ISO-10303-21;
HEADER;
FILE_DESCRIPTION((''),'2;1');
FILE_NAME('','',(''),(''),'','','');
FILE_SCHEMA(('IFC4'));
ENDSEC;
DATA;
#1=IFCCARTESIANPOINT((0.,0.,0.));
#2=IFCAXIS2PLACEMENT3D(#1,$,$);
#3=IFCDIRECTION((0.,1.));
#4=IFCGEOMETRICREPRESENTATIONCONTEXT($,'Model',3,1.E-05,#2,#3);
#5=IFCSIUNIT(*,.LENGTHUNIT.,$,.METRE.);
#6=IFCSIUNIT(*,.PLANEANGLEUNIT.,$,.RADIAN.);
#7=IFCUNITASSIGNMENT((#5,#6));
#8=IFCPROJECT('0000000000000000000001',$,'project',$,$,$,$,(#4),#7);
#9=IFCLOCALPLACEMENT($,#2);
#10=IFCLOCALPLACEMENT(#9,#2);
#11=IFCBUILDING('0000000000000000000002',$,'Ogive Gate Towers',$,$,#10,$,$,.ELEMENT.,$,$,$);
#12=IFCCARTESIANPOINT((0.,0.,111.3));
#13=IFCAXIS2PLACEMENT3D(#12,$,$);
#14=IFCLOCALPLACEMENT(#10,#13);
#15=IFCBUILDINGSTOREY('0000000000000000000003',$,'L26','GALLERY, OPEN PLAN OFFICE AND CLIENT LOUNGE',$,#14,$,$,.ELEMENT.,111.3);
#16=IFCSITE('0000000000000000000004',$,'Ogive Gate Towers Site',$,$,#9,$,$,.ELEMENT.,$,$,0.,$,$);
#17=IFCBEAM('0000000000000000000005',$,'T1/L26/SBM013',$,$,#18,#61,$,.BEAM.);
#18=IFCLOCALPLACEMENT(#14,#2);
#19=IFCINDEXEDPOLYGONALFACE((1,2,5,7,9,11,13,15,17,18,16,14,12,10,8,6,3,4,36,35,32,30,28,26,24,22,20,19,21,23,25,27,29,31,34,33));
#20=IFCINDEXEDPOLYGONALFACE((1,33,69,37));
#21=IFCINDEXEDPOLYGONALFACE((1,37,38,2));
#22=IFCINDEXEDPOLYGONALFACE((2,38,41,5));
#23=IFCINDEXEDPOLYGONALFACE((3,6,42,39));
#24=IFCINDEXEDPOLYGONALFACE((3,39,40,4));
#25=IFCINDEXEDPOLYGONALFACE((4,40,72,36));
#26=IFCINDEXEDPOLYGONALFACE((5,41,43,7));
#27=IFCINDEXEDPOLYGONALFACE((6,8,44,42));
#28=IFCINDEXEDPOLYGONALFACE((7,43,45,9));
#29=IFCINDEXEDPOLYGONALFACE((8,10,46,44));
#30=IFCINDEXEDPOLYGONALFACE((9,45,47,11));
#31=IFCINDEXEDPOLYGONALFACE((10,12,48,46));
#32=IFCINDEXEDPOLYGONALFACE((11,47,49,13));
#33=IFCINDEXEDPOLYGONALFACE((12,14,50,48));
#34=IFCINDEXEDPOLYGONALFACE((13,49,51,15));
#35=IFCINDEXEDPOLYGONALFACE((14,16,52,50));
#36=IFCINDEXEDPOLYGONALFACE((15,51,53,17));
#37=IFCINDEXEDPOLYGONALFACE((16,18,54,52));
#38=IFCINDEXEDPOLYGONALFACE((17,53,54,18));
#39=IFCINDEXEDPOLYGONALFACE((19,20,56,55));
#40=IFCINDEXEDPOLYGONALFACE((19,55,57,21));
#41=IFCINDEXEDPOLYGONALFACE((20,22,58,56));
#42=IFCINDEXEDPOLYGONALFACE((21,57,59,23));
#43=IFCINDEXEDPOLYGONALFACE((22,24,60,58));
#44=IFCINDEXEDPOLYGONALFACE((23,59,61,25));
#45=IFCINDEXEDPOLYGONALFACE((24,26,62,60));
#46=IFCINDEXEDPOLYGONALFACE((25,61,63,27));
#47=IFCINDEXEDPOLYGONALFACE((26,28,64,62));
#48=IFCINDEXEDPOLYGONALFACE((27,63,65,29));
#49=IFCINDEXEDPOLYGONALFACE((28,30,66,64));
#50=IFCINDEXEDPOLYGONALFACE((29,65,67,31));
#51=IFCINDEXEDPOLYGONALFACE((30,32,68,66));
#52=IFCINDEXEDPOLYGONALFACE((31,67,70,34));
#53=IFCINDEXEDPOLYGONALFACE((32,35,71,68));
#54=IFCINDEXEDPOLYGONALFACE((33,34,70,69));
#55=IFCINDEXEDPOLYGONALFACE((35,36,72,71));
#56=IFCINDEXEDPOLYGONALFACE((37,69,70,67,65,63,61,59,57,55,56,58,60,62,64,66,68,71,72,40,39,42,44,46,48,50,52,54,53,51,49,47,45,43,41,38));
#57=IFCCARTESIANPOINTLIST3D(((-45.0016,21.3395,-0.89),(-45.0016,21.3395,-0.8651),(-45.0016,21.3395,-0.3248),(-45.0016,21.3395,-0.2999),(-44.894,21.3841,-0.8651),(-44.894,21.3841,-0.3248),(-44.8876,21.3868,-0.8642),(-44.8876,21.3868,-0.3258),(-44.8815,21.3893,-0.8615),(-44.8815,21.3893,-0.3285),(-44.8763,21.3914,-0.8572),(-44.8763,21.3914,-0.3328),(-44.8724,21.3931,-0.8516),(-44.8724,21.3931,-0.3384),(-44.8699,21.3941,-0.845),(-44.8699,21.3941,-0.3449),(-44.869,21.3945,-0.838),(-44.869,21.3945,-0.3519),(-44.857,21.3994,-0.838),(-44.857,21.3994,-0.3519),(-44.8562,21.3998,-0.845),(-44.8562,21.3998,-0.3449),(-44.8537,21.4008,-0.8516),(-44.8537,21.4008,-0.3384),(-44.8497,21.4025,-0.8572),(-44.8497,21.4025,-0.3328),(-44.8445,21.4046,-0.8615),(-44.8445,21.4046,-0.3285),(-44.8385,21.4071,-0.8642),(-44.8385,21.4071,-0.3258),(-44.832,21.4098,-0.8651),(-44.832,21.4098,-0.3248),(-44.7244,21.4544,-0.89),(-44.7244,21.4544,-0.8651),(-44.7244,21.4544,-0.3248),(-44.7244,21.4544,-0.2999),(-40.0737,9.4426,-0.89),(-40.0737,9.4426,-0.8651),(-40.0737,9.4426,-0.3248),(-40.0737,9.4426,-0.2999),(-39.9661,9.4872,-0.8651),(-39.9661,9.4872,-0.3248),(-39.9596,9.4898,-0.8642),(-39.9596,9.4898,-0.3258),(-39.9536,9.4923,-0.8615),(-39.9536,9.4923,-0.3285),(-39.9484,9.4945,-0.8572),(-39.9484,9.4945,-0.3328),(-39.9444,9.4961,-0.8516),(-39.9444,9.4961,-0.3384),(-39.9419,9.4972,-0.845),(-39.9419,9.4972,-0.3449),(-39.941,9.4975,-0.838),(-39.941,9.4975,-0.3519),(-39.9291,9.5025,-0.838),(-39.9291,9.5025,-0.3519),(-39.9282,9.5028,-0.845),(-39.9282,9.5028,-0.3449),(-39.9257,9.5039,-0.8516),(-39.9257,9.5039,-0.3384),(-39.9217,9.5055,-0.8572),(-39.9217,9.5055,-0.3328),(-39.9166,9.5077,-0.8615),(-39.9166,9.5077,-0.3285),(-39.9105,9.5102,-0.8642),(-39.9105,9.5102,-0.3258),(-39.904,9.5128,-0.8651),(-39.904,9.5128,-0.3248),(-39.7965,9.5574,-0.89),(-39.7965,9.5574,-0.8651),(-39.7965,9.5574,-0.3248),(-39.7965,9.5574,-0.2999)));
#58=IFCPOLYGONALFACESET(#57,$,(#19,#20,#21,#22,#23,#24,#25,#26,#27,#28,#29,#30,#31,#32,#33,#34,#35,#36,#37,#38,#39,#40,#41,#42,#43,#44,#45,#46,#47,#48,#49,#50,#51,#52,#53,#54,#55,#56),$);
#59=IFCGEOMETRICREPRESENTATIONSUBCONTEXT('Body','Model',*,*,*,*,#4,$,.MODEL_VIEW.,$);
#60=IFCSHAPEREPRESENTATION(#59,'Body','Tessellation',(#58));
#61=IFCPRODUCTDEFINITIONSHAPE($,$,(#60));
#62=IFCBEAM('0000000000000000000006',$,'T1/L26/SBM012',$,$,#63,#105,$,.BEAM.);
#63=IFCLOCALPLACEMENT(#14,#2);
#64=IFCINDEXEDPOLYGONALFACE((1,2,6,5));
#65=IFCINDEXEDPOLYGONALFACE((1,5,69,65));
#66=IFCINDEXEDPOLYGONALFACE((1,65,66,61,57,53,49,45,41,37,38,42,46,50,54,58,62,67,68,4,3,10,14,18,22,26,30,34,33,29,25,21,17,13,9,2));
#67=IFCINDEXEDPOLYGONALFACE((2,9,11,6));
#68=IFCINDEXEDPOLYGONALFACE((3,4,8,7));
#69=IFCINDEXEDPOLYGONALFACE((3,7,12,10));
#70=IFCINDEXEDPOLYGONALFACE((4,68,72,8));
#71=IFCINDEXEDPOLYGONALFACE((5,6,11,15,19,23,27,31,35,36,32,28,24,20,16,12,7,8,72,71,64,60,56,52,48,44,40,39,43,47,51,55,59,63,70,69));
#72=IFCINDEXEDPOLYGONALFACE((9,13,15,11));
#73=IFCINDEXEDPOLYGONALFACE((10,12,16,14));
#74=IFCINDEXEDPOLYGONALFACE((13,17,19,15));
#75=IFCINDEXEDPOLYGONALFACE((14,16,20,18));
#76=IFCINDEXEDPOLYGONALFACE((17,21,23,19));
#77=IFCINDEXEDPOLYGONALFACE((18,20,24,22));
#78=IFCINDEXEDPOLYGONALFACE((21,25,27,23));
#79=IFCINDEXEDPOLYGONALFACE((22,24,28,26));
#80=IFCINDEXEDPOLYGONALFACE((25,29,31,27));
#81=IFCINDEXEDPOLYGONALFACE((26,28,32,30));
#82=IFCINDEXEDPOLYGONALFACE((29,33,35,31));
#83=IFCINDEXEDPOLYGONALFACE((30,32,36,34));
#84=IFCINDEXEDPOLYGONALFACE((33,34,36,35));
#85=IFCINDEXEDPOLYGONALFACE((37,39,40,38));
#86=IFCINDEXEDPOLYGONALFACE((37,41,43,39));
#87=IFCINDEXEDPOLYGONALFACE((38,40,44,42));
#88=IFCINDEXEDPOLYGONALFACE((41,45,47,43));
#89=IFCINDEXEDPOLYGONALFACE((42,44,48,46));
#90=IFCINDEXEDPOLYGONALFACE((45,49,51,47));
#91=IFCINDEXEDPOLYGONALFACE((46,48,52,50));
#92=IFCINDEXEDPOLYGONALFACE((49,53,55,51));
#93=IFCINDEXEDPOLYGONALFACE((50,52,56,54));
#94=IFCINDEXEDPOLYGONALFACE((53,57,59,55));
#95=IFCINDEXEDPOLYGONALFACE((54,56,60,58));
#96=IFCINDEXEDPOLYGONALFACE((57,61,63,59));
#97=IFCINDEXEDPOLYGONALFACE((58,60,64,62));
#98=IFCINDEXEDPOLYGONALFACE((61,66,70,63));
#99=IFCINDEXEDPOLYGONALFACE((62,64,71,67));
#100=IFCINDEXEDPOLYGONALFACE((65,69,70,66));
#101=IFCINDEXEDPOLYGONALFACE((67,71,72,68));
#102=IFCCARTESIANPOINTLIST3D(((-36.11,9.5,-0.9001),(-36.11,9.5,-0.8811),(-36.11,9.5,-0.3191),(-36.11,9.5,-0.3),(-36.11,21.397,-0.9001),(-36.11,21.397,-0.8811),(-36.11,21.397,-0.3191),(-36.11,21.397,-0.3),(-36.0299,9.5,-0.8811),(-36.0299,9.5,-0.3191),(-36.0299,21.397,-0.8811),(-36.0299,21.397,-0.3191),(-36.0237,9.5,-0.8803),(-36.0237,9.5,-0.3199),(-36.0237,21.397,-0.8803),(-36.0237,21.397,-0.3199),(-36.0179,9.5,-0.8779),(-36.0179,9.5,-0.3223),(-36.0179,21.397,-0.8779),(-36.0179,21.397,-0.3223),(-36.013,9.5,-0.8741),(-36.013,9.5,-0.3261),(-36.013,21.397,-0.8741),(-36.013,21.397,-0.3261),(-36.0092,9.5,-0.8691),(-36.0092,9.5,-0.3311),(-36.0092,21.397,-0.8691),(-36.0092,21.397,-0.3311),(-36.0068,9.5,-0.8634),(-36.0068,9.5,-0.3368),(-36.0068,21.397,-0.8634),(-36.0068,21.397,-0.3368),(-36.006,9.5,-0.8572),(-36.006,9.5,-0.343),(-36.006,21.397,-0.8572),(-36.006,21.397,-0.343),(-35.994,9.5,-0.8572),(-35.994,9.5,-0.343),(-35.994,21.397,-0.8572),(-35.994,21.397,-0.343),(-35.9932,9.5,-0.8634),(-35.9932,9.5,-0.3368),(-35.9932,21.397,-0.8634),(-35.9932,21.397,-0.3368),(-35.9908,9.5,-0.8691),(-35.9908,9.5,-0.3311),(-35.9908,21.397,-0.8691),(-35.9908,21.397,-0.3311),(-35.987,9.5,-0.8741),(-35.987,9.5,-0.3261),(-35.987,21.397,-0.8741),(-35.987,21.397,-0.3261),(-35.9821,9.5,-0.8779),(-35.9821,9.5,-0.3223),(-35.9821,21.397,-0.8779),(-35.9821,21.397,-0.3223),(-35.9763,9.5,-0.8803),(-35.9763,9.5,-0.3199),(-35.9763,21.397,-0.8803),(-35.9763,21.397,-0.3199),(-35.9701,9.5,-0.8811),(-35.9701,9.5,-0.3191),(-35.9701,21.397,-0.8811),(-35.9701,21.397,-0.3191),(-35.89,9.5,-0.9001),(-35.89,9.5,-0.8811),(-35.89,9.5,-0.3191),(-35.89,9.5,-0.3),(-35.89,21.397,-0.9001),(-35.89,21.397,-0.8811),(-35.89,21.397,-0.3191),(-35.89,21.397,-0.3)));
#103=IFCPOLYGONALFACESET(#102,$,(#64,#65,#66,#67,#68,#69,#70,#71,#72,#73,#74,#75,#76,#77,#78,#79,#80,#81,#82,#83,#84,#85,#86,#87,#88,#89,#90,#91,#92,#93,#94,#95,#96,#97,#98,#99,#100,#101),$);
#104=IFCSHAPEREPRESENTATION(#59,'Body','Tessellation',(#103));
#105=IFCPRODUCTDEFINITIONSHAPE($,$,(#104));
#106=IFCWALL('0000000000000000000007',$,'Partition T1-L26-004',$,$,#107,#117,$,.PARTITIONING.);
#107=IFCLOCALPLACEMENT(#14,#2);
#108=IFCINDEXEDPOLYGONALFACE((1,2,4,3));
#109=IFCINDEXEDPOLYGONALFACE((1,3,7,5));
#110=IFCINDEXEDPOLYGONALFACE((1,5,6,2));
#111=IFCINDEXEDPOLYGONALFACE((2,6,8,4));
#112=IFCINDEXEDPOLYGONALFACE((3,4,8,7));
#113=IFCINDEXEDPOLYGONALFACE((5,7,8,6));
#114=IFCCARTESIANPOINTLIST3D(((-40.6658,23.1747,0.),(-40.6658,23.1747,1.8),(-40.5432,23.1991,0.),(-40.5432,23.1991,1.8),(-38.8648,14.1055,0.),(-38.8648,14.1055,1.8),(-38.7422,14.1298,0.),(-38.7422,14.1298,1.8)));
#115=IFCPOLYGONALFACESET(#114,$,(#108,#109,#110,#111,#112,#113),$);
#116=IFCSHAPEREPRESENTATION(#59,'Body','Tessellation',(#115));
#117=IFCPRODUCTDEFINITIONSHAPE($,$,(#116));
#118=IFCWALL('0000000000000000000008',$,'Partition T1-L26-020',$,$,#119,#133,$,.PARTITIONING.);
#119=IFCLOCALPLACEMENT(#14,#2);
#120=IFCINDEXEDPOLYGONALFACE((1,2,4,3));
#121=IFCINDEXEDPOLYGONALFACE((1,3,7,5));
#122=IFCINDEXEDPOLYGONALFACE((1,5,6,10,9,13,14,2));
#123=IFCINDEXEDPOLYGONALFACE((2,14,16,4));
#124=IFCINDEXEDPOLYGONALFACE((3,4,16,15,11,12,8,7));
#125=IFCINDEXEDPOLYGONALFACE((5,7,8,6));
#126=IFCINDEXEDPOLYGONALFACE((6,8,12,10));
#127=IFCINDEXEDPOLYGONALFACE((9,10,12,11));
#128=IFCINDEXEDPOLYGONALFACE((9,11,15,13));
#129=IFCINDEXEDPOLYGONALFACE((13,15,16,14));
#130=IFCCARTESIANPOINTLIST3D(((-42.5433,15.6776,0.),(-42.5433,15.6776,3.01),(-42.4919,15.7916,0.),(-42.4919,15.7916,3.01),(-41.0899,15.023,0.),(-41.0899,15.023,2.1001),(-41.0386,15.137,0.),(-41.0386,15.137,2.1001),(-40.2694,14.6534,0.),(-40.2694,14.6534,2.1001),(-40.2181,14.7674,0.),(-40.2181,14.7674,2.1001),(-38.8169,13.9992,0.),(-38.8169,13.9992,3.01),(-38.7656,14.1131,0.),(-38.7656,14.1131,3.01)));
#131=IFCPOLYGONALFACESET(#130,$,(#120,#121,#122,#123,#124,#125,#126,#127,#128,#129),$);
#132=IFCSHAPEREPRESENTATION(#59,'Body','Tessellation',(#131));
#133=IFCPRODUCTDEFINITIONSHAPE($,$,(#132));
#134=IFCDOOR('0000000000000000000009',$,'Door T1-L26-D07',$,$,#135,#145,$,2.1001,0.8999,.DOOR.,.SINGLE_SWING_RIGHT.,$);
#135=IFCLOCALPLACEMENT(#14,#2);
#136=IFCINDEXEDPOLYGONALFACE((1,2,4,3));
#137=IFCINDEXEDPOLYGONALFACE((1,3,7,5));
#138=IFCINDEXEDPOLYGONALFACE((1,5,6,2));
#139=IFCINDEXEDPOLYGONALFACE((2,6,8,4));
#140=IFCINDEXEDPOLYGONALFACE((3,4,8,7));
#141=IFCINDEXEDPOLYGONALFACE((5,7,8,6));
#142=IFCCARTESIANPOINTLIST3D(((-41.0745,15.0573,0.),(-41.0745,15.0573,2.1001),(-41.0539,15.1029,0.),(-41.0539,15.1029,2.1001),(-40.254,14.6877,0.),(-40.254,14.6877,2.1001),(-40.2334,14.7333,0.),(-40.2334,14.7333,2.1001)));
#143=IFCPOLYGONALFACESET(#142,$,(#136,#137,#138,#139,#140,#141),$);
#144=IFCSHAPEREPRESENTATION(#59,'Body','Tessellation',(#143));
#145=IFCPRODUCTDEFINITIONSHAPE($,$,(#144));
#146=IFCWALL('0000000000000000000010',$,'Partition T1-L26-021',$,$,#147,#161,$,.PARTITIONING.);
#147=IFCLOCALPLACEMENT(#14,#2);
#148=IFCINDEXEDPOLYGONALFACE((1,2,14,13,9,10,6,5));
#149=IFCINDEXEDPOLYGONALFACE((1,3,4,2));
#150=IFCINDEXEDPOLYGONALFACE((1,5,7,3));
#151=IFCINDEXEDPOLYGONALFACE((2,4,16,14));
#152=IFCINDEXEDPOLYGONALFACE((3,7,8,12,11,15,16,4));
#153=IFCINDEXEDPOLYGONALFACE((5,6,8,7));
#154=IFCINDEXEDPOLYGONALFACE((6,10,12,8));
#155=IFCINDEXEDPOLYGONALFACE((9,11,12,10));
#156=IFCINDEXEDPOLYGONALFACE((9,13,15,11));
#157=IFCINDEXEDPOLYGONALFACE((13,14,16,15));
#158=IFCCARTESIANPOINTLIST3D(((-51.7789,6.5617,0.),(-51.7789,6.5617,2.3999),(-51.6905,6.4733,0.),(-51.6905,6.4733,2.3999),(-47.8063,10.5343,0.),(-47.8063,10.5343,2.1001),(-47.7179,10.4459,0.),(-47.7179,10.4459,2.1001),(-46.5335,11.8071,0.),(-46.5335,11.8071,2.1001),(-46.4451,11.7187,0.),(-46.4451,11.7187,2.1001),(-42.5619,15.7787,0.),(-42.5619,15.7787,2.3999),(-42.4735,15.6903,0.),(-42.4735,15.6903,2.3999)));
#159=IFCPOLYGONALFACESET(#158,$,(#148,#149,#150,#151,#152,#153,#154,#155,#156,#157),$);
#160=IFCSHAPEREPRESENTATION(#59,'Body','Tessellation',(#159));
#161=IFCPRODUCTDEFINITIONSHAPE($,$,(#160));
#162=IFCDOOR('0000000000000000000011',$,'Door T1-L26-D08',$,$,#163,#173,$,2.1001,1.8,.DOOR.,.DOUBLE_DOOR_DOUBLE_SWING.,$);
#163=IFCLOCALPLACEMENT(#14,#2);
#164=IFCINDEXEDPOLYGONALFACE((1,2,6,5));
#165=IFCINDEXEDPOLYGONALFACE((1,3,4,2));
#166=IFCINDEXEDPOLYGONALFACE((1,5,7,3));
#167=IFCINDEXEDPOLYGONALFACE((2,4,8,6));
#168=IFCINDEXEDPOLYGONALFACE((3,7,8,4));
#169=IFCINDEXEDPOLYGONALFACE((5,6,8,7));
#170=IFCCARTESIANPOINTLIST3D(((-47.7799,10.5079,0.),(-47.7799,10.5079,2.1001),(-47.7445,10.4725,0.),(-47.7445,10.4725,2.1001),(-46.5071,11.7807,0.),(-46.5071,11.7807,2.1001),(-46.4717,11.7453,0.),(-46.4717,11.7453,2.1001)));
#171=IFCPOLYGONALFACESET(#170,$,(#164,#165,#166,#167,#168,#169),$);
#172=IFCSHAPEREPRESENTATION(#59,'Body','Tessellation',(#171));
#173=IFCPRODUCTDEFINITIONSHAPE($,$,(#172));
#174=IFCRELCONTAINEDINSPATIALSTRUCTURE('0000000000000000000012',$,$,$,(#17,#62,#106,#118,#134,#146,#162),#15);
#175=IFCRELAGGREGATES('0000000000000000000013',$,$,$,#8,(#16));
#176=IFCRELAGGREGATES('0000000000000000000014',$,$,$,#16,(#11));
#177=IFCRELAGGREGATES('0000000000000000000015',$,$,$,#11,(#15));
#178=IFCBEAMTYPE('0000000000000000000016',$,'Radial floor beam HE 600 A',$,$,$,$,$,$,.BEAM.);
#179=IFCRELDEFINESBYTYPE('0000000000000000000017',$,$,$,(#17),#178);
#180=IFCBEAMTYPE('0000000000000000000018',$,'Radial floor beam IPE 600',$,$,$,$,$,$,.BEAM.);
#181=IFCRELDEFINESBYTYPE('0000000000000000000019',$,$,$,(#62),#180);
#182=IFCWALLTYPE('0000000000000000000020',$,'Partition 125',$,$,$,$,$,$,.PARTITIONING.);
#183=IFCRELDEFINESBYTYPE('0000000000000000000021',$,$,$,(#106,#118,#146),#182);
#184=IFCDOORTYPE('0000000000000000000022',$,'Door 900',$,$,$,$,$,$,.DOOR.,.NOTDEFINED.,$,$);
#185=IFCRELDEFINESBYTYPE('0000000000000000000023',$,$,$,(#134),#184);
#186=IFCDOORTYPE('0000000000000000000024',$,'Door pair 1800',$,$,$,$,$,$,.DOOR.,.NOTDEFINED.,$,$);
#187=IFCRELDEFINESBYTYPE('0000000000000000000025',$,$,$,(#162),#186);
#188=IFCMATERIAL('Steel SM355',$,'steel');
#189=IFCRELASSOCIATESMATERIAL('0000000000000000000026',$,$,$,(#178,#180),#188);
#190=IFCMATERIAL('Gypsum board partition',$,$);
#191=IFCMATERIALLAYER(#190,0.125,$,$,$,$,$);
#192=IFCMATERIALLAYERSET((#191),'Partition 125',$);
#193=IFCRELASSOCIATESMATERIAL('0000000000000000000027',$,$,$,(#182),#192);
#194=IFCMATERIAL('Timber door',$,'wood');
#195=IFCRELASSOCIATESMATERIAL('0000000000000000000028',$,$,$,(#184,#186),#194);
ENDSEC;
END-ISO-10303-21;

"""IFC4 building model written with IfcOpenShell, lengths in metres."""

from ifc_helpers import new_model, si_unit, direction, frame, frame_2d, origin, origin_2d, place, context, subcontext, project, spatial, rectangle, i_section, extrude, material, layer, layer_set, material_profile, profile_set, type_object, element, fill, save


model = new_model("IFC4")

# Units and contexts
model_context = context("Model", 3, precision=1e-05, world=origin(), true_north=direction((0.0, 1.0)))
body_context = subcontext(model_context, "Body", "Model", "MODEL_VIEW")
ifc_project = project(units=[si_unit("LENGTHUNIT", "METRE"), si_unit("PLANEANGLEUNIT", "RADIAN")], contexts=[model_context])

# Site, building, storey
site_placement = place(None, origin())
site = spatial("IfcSite", under=ifc_project, at=site_placement, Name="Ogive Gate Towers Site", CompositionType="ELEMENT", RefElevation=0.0)
building_placement = place(site_placement, origin())
building = spatial("IfcBuilding", under=site, at=building_placement, Name="Ogive Gate Towers", CompositionType="ELEMENT")
storey_placement = place(building_placement, frame((0.0, 0.0, 111.3)))
storey = spatial("IfcBuildingStorey", under=building, at=storey_placement, Name="L26", Description="GALLERY, OPEN PLAN OFFICE AND CLIENT LOUNGE", CompositionType="ELEMENT", Elevation=111.3)

# Beams
ifc_material_1 = material(Name="Steel SM355", Category="steel")
ifc_material_profile_1 = material_profile(ifc_material_1, i_section(OverallWidth=0.3, OverallDepth=0.5901, WebThickness=0.0129, FlangeThickness=0.0249, FilletRadius=0.0271, at=origin_2d()), Name="HE 600 A")
ifc_profile_set_1 = profile_set([ifc_material_profile_1], Name="Steel SM355")
beam_type_1 = type_object("IfcBeamType", Name="Radial floor beam HE 600 A", PredefinedType="BEAM", material=ifc_profile_set_1)
beam_1_placement = place(storey_placement, frame((-39.9351, 9.5, -0.595), z_axis=(-0.382689, 0.923877, 0.0), x_axis=(-0.923877, -0.382689, 0.0)))
element("IfcBeam", 1, at=beam_1_placement, inside=storey, type_object=beam_type_1, Name="T1/L26/SBM013", PredefinedType="BEAM", context=body_context, shape_type="SweptSolid", body=[
    extrude(i_section(OverallWidth=0.3, OverallDepth=0.5901, WebThickness=0.0129, FlangeThickness=0.0249, FilletRadius=0.0271, at=origin_2d()), origin(), (0.0, 0.0, 1.0), 12.8772),
])
ifc_material_profile_2 = material_profile(ifc_material_1, i_section(OverallWidth=0.22, OverallDepth=0.6001, WebThickness=0.012, FlangeThickness=0.019, FilletRadius=0.0239, at=origin_2d()), Name="IPE 600")
ifc_profile_set_2 = profile_set([ifc_material_profile_2], Name="Steel SM355")
beam_type_2 = type_object("IfcBeamType", Name="Radial floor beam IPE 600", PredefinedType="BEAM", material=ifc_profile_set_2)
beam_2_placement = place(storey_placement, frame((-36.0, 9.5, -0.6001), z_axis=(0.0, 1.0, 0.0), x_axis=(-1.0, 0.0, 0.0)))
element("IfcBeam", 2, at=beam_2_placement, inside=storey, type_object=beam_type_2, Name="T1/L26/SBM012", PredefinedType="BEAM", context=body_context, shape_type="SweptSolid", body=[
    extrude(i_section(OverallWidth=0.22, OverallDepth=0.6001, WebThickness=0.012, FlangeThickness=0.019, FilletRadius=0.0239, at=origin_2d()), origin(), (0.0, 0.0, 1.0), 11.897),
])

# Wall
ifc_material_2 = material(Name="Gypsum board partition")
ifc_layer_1 = layer(ifc_material_2, 0.125)
ifc_layer_set_1 = layer_set([ifc_layer_1], Name="Partition 125")
wall_type_1 = type_object("IfcWallType", Name="Partition 125", PredefinedType="PARTITIONING", material=ifc_layer_set_1)
wall_1_placement = place(storey_placement, frame((-40.6045, 23.1868, 0.0), z_axis=(0.0, 0.0, 1.0), x_axis=(0.194781, -0.980847, 0.0)))
element("IfcWall", 3, at=wall_1_placement, inside=storey, type_object=wall_type_1, Name="Partition T1-L26-004", PredefinedType="PARTITIONING", context=body_context, shape_type="SweptSolid", body=[
    extrude(rectangle(XDim=9.2463, YDim=0.125, at=frame_2d((4.623, 0.0))), origin(), (0.0, 0.0, 1.0), 1.8),
])

# Walls, openings, doors
wall_2_placement = place(storey_placement, frame((-38.7913, 14.0562, 0.0), z_axis=(0.0, 0.0, 1.0), x_axis=(-0.911773, 0.410695, 0.0)))
wall_2 = element("IfcWall", 4, at=wall_2_placement, inside=storey, type_object=wall_type_1, Name="Partition T1-L26-020", PredefinedType="PARTITIONING", context=body_context, shape_type="SweptSolid", body=[
    extrude(rectangle(XDim=4.0869, YDim=0.125, at=frame_2d((2.0435, 0.0))), origin(), (0.0, 0.0, 1.0), 3.01),
])
opening_1_placement = place(wall_2_placement, frame((1.593, 0.0, 0.0)))
opening_1 = element("IfcOpeningElement", 5, at=opening_1_placement, cuts=wall_2, PredefinedType="OPENING", context=body_context, shape_type="SweptSolid", body=[
    extrude(rectangle(XDim=0.8999, YDim=2.1001, at=frame_2d((0.45, 1.05))), frame((0.0, 0.0725, 0.0), z_axis=(0.0, -1.0, 0.0), x_axis=(1.0, 0.0, 0.0)), (0.0, 0.0, 1.0), 0.145),
])
ifc_material_3 = material(Name="Timber door", Category="wood")
door_type_1 = type_object("IfcDoorType", Name="Door 900", OperationType="NOTDEFINED", PredefinedType="DOOR", material=ifc_material_3)
door_1_placement = place(opening_1_placement, origin())
door_1 = element("IfcDoor", 6, at=door_1_placement, inside=storey, type_object=door_type_1, Name="Door T1-L26-D07", OperationType="SINGLE_SWING_RIGHT", OverallHeight=2.1001, OverallWidth=0.8999, PredefinedType="DOOR", context=body_context, shape_type="SweptSolid", body=[
    extrude(rectangle(XDim=0.8999, YDim=2.1001, at=frame_2d((0.45, 1.05))), frame((0.0, 0.0249, 0.0), z_axis=(0.0, -1.0, 0.0), x_axis=(1.0, 0.0, 0.0)), (0.0, 0.0, 1.0), 0.05),
])
fill(opening_1, door_1)
wall_3_placement = place(storey_placement, frame((-42.5176, 15.7346, 0.0), z_axis=(0.0, 0.0, 1.0), x_axis=(-0.707107, -0.707107, 0.0)))
wall_3 = element("IfcWall", 7, at=wall_3_placement, inside=storey, type_object=wall_type_1, Name="Partition T1-L26-021", PredefinedType="PARTITIONING", context=body_context, shape_type="SweptSolid", body=[
    extrude(rectangle(XDim=13.0349, YDim=0.125, at=frame_2d((6.5176, 0.0))), origin(), (0.0, 0.0, 1.0), 2.3999),
])
opening_2_placement = place(wall_3_placement, frame((5.6169, 0.0, 0.0)))
opening_2 = element("IfcOpeningElement", 8, at=opening_2_placement, cuts=wall_3, PredefinedType="OPENING", context=body_context, shape_type="SweptSolid", body=[
    extrude(rectangle(XDim=1.8, YDim=2.1001, at=frame_2d((0.8999, 1.05))), frame((0.0, 0.0725, 0.0), z_axis=(0.0, -1.0, 0.0), x_axis=(1.0, 0.0, 0.0)), (0.0, 0.0, 1.0), 0.145),
])
door_type_2 = type_object("IfcDoorType", Name="Door pair 1800", OperationType="NOTDEFINED", PredefinedType="DOOR", material=ifc_material_3)
door_2_placement = place(opening_2_placement, origin())
door_2 = element("IfcDoor", 9, at=door_2_placement, inside=storey, type_object=door_type_2, Name="Door T1-L26-D08", OperationType="DOUBLE_DOOR_DOUBLE_SWING", OverallHeight=2.1001, OverallWidth=1.8, PredefinedType="DOOR", context=body_context, shape_type="SweptSolid", body=[
    extrude(rectangle(XDim=1.8, YDim=2.1001, at=frame_2d((0.8999, 1.05))), frame((0.0, 0.0249, 0.0), z_axis=(0.0, -1.0, 0.0), x_axis=(1.0, 0.0, 0.0)), (0.0, 0.0, 1.0), 0.05),
])
fill(opening_2, door_2)

save(model, "model.ifc")
